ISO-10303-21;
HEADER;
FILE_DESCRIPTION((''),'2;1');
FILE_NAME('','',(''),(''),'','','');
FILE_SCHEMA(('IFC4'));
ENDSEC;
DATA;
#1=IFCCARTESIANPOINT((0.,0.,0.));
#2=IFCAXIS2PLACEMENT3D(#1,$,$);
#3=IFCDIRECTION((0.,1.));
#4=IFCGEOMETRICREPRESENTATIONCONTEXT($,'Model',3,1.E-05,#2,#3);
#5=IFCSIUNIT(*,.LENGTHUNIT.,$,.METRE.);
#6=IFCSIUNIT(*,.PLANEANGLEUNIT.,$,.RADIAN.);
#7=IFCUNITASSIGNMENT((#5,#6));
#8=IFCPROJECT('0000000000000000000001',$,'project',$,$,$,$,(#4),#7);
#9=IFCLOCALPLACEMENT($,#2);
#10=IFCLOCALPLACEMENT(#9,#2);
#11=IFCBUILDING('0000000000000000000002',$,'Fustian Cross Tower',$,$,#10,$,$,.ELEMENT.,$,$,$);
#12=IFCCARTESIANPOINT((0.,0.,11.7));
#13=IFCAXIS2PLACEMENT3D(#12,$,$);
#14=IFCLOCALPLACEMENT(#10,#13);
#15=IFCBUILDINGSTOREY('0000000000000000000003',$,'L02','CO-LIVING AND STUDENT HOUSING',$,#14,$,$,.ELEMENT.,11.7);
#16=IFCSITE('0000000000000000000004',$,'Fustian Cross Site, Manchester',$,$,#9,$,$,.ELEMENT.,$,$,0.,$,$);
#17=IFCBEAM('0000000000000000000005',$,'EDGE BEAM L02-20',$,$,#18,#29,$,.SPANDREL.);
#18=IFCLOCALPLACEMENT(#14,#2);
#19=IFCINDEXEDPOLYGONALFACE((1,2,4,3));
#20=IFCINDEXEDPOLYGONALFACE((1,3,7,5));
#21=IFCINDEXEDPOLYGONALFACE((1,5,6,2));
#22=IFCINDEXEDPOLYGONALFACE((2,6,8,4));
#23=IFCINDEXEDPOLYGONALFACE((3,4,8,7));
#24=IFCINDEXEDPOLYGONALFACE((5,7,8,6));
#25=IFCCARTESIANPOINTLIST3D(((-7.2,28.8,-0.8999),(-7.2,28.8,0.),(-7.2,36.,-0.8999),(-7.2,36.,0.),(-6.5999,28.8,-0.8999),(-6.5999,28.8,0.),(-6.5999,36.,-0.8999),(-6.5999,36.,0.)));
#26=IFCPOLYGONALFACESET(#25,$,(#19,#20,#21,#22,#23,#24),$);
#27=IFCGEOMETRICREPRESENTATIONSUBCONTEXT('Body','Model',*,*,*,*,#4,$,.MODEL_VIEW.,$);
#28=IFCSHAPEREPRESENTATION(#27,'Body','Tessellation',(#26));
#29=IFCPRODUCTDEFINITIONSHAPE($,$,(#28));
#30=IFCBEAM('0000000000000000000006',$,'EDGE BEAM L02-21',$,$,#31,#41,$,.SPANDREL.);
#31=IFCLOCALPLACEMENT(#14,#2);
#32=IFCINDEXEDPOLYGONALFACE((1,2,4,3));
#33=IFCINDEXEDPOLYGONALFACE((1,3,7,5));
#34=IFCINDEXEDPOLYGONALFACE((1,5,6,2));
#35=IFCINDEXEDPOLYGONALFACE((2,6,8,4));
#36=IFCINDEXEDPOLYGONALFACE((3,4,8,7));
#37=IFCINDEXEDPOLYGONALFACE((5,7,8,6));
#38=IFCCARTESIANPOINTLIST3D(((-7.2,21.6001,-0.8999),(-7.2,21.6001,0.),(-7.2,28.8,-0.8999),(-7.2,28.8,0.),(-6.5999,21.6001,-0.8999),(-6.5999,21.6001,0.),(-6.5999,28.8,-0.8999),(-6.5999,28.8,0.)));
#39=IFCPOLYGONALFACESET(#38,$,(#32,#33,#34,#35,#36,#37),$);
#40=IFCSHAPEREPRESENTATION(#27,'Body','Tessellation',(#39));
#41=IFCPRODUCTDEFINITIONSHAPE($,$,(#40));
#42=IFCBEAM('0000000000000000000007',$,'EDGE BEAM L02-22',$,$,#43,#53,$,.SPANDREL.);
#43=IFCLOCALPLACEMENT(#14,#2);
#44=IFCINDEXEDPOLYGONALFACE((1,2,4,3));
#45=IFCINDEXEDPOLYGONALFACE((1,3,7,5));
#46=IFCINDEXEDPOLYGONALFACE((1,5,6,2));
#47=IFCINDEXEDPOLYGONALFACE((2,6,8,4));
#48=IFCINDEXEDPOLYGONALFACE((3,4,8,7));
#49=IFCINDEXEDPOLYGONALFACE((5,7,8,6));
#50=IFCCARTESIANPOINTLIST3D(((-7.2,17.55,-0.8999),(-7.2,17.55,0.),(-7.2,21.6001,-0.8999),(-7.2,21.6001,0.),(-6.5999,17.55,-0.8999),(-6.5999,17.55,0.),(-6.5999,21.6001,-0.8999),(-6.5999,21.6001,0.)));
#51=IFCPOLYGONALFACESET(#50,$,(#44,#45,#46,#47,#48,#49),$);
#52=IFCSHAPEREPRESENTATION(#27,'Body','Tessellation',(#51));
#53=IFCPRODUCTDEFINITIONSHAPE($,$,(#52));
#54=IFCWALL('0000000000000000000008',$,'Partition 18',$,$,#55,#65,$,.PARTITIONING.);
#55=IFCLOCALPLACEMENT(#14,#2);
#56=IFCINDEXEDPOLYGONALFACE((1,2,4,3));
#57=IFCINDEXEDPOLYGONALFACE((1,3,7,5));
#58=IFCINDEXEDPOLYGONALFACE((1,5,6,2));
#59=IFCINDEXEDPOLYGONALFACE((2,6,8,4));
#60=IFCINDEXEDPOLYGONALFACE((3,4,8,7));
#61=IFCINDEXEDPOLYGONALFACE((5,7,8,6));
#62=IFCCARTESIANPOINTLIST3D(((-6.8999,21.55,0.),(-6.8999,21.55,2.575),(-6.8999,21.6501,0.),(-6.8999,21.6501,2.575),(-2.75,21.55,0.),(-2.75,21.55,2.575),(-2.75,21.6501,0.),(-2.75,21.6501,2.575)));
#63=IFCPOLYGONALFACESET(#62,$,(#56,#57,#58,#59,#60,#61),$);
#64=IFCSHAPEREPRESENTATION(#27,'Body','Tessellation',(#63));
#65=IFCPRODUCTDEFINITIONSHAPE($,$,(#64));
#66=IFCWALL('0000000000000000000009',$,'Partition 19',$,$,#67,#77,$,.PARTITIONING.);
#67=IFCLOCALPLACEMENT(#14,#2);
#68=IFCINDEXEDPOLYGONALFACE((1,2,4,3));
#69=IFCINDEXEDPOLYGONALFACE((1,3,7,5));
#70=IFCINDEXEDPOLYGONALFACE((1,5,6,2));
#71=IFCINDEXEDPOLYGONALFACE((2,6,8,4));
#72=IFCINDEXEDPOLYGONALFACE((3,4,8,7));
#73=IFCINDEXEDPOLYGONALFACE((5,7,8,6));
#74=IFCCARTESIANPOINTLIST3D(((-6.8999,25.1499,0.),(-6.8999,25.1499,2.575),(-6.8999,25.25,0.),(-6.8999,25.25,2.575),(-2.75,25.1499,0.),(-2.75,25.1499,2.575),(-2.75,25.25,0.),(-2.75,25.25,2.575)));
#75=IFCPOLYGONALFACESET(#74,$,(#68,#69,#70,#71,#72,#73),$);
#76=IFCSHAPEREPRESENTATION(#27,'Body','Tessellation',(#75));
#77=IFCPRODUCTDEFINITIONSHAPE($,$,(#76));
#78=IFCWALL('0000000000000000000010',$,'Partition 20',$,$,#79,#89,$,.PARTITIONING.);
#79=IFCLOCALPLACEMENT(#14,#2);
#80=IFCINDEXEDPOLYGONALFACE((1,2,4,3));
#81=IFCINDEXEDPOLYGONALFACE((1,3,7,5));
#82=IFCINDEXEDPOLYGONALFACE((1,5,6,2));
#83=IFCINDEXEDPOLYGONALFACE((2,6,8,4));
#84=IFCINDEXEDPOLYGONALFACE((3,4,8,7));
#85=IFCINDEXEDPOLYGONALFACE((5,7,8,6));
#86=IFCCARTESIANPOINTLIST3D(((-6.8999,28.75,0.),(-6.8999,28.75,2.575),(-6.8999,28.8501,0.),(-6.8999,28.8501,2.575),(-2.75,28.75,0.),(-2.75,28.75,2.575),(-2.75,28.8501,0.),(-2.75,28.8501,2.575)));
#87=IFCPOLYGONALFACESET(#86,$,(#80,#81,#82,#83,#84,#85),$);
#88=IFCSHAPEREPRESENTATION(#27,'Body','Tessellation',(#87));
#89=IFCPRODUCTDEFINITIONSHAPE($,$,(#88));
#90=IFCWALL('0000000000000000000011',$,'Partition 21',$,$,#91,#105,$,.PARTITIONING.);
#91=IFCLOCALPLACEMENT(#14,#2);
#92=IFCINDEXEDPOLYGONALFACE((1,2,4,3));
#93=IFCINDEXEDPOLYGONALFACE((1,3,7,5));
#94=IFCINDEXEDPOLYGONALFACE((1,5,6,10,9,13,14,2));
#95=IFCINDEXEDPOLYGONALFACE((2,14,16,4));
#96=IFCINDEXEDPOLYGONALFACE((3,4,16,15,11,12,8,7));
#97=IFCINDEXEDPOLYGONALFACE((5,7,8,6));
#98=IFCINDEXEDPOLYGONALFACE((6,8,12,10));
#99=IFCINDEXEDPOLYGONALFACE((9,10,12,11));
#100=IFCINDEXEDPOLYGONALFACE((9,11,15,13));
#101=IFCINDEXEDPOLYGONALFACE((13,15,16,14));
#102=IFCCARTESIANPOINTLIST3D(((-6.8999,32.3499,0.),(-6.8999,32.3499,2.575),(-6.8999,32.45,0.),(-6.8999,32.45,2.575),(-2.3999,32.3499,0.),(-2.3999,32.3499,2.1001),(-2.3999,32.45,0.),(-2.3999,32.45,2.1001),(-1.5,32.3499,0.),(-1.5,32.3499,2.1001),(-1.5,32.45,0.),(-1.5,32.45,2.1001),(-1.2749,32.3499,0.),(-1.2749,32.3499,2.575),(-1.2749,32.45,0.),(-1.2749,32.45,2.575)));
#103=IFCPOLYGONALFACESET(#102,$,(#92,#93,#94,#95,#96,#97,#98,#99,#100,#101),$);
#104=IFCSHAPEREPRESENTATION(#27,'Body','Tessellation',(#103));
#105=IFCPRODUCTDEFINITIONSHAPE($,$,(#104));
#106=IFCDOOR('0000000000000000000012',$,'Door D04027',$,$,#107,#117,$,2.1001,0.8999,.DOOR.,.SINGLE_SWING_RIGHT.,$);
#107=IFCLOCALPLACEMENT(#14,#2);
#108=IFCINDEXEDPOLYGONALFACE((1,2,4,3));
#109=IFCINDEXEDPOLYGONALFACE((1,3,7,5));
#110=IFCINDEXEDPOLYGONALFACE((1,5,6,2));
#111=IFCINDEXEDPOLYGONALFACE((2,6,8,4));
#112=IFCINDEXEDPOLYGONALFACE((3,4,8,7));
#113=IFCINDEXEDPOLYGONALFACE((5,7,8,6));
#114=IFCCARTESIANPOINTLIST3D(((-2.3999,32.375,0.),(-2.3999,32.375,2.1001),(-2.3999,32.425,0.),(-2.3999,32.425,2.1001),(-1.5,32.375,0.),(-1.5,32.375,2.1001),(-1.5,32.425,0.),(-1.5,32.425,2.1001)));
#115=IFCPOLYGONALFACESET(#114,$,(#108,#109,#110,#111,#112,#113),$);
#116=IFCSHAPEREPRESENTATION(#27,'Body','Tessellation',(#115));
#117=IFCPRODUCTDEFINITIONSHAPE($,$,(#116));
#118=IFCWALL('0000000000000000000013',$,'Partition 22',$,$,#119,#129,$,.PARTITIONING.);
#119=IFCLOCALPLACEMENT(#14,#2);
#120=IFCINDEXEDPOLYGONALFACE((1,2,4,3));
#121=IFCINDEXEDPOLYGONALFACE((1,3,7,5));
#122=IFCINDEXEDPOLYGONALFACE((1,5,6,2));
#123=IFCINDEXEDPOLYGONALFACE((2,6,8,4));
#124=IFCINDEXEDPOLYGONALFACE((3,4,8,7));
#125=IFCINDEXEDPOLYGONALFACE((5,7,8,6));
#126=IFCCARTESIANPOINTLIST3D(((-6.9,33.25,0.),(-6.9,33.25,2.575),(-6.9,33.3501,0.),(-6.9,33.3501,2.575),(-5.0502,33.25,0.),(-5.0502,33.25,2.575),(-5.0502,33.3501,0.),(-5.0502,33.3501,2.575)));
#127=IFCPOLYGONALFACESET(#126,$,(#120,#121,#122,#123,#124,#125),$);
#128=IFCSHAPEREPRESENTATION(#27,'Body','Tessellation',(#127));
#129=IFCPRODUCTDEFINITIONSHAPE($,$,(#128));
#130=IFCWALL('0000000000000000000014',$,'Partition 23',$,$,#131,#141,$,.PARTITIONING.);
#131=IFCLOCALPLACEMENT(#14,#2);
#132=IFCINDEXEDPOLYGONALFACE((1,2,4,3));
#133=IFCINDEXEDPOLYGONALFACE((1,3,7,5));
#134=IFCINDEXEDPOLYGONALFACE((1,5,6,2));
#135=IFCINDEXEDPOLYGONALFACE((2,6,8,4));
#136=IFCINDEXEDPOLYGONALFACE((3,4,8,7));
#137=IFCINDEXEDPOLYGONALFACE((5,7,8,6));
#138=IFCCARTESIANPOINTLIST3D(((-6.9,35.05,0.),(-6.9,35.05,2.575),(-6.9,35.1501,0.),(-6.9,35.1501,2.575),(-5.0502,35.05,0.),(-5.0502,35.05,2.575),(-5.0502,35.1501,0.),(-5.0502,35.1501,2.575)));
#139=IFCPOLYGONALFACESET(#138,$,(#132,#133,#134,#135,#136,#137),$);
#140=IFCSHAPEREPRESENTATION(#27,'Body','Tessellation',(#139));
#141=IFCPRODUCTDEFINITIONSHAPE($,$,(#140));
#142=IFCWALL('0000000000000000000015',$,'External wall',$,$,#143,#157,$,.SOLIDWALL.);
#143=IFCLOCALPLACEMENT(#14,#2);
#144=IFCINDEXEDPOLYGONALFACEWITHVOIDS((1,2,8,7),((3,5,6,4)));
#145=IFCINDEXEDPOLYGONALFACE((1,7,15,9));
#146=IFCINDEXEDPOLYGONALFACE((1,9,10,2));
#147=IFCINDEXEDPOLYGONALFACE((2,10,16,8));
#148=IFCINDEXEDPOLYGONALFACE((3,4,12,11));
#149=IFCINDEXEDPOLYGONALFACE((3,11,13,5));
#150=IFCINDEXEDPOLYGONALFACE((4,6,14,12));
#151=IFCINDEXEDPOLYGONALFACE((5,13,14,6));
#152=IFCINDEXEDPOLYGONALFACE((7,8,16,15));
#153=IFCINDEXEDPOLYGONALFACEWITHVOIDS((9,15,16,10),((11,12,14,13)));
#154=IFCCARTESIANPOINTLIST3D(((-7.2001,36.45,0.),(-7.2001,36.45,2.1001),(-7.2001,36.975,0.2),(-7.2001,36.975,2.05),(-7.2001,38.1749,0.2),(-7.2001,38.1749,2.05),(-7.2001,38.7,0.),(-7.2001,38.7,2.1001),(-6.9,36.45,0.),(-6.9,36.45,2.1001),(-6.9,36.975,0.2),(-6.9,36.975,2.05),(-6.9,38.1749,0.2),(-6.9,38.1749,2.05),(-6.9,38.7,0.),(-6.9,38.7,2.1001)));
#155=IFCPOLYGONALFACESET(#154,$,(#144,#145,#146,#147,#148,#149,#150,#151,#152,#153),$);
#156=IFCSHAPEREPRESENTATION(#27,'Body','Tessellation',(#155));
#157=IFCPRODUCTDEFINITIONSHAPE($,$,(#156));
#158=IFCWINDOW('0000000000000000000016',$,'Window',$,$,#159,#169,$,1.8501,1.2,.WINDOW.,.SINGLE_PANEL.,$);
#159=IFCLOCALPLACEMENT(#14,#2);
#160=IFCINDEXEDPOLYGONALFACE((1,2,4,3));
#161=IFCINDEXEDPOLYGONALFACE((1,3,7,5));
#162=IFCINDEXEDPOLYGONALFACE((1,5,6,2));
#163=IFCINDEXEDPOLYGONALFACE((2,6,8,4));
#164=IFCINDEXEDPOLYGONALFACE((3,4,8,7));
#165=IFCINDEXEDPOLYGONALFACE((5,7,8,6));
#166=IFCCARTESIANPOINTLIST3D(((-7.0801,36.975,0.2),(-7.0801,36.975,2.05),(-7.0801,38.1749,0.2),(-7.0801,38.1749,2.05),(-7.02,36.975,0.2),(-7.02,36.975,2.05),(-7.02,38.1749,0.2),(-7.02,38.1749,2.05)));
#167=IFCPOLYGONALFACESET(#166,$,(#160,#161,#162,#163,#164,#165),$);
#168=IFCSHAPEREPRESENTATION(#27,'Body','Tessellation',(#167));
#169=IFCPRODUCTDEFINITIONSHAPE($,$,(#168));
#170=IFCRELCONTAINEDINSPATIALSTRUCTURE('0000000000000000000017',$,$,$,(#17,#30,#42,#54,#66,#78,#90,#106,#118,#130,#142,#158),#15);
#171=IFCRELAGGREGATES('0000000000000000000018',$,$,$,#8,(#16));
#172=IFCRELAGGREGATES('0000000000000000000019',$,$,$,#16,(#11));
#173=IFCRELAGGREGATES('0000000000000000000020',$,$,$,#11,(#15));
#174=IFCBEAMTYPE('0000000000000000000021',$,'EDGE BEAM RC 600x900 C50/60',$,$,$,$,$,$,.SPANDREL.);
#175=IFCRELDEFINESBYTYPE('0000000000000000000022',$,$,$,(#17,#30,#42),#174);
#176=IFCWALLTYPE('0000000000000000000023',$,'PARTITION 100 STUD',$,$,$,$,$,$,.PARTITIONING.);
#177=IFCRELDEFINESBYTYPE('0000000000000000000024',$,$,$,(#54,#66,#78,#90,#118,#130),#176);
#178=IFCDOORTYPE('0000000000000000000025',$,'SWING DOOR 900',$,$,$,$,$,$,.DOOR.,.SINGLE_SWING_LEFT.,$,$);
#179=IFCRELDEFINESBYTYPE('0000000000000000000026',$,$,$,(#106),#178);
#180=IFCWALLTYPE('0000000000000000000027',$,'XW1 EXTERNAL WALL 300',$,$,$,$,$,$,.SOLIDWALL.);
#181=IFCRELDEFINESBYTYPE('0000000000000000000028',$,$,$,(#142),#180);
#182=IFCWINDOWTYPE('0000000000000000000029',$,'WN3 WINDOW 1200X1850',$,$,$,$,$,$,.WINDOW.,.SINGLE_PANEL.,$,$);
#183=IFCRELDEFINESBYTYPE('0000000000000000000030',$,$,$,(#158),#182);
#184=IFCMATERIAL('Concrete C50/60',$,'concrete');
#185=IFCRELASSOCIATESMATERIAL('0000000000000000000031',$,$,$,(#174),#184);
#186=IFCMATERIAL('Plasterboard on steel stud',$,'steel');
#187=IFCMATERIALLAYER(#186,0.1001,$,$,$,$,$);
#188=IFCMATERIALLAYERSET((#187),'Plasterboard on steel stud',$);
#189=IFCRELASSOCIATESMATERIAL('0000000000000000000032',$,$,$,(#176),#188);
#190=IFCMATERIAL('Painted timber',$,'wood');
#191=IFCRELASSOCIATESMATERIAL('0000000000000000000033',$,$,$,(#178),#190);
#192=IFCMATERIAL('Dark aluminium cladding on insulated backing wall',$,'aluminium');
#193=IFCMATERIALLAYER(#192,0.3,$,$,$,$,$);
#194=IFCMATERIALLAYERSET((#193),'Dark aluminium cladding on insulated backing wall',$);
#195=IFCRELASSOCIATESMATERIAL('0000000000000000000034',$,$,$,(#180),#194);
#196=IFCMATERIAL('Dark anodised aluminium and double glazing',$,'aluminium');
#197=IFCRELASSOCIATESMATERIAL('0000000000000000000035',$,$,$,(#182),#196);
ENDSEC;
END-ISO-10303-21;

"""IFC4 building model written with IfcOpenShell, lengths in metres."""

from ifc_helpers import new_model, si_unit, direction, frame, frame_2d, origin, origin_2d, place, context, subcontext, project, spatial, rectangle, extrude, material, layer, layer_set, material_profile, profile_set, type_object, element, fill, save


model = new_model("IFC4")

# Units and contexts
model_context = context("Model", 3, precision=1e-05, world=origin(), true_north=direction((0.0, 1.0)))
body_context = subcontext(model_context, "Body", "Model", "MODEL_VIEW")
ifc_project = project(units=[si_unit("LENGTHUNIT", "METRE"), si_unit("PLANEANGLEUNIT", "RADIAN")], contexts=[model_context])

# Site, building, storey
site_placement = place(None, origin())
site = spatial("IfcSite", under=ifc_project, at=site_placement, Name="Fustian Cross Site, Manchester", CompositionType="ELEMENT", RefElevation=0.0)
building_placement = place(site_placement, origin())
building = spatial("IfcBuilding", under=site, at=building_placement, Name="Fustian Cross Tower", CompositionType="ELEMENT")
storey_placement = place(building_placement, frame((0.0, 0.0, 11.7)))
storey = spatial("IfcBuildingStorey", under=building, at=storey_placement, Name="L02", Description="CO-LIVING AND STUDENT HOUSING", CompositionType="ELEMENT", Elevation=11.7)

# Beams
ifc_material_1 = material(Name="Concrete C50/60", Category="concrete")
ifc_material_profile = material_profile(ifc_material_1, rectangle(XDim=0.6001, YDim=0.8999, at=origin_2d()), Name="RC 600x900")
ifc_profile_set = profile_set([ifc_material_profile], Name="Concrete C50/60")
beam_type = type_object("IfcBeamType", Name="EDGE BEAM RC 600x900 C50/60", PredefinedType="SPANDREL", material=ifc_profile_set)
for number, where, z_axis, x_axis, name in (
    (1, (-6.8999, 36.0, -0.45), (0.0, -1.0, 0.0), (1.0, 0.0, 0.0), "EDGE BEAM L02-20"),
    (2, (-6.8999, 28.8, -0.45), (0.0, -1.0, 0.0), (1.0, 0.0, 0.0), "EDGE BEAM L02-21"),
):
    element("IfcBeam", number, at=place(storey_placement, frame(where, z_axis=z_axis, x_axis=x_axis)), inside=storey, type_object=beam_type, Name=name, PredefinedType="SPANDREL", context=body_context, shape_type="SweptSolid", body=[
        extrude(rectangle(XDim=0.6001, YDim=0.8999, at=origin_2d()), origin(), (0.0, 0.0, 1.0), 7.2),
    ])
beam_placement = place(storey_placement, frame((-6.8999, 21.6001, -0.45), z_axis=(0.0, -1.0, 0.0), x_axis=(1.0, 0.0, 0.0)))
element("IfcBeam", 3, at=beam_placement, inside=storey, type_object=beam_type, Name="EDGE BEAM L02-22", PredefinedType="SPANDREL", context=body_context, shape_type="SweptSolid", body=[
    extrude(rectangle(XDim=0.6001, YDim=0.8999, at=origin_2d()), origin(), (0.0, 0.0, 1.0), 4.05),
])

# Walls
ifc_material_2 = material(Name="Plasterboard on steel stud", Category="steel")
ifc_layer_1 = layer(ifc_material_2, 0.1001)
ifc_layer_set_1 = layer_set([ifc_layer_1], Name="Plasterboard on steel stud")
wall_type_1 = type_object("IfcWallType", Name="PARTITION 100 STUD", PredefinedType="PARTITIONING", material=ifc_layer_set_1)
for number, where, z_axis, x_axis, name in (
    (4, (-6.8999, 21.6001, 0.0), (0.0, 0.0, 1.0), (1.0, 0.0, 0.0), "Partition 18"),
    (5, (-6.8999, 25.2, 0.0), (0.0, 0.0, 1.0), (1.0, 0.0, 0.0), "Partition 19"),
    (6, (-6.8999, 28.8, 0.0), (0.0, 0.0, 1.0), (1.0, 0.0, 0.0), "Partition 20"),
):
    element("IfcWall", number, at=place(storey_placement, frame(where, z_axis=z_axis, x_axis=x_axis)), inside=storey, type_object=wall_type_1, Name=name, PredefinedType="PARTITIONING", context=body_context, shape_type="SweptSolid", body=[
        extrude(rectangle(XDim=4.1499, YDim=0.1001, at=frame_2d((2.075, 0.0))), origin(), (0.0, 0.0, 1.0), 2.575),
    ])

# Wall, opening, door
wall_1_placement = place(storey_placement, frame((-6.8999, 32.3999, 0.0), z_axis=(0.0, 0.0, 1.0), x_axis=(1.0, 0.0, 0.0)))
wall_1 = element("IfcWall", 7, at=wall_1_placement, inside=storey, type_object=wall_type_1, Name="Partition 21", PredefinedType="PARTITIONING", context=body_context, shape_type="SweptSolid", body=[
    extrude(rectangle(XDim=5.625, YDim=0.1001, at=frame_2d((2.8125, 0.0))), origin(), (0.0, 0.0, 1.0), 2.575),
])
opening_1_placement = place(wall_1_placement, frame((4.5, 0.0, 0.0)))
opening_1 = element("IfcOpeningElement", 8, at=opening_1_placement, cuts=wall_1, PredefinedType="OPENING", context=body_context, shape_type="SweptSolid", body=[
    extrude(rectangle(XDim=0.8999, YDim=2.1001, at=frame_2d((0.45, 1.05))), frame((0.0, 0.0601, 0.0), z_axis=(0.0, -1.0, 0.0), x_axis=(1.0, 0.0, 0.0)), (0.0, 0.0, 1.0), 0.1201),
])
ifc_material_3 = material(Name="Painted timber", Category="wood")
door_type = type_object("IfcDoorType", Name="SWING DOOR 900", OperationType="SINGLE_SWING_LEFT", PredefinedType="DOOR", material=ifc_material_3)
door_placement = place(opening_1_placement, frame((0.8999, 0.0, 0.0), z_axis=(0.0, 0.0, 1.0), x_axis=(-1.0, 0.0, 0.0)))
door = element("IfcDoor", 9, at=door_placement, inside=storey, type_object=door_type, Name="Door D04027", OperationType="SINGLE_SWING_RIGHT", OverallHeight=2.1001, OverallWidth=0.8999, PredefinedType="DOOR", context=body_context, shape_type="SweptSolid", body=[
    extrude(rectangle(XDim=0.8999, YDim=2.1001, at=frame_2d((0.45, 1.05))), frame((0.0, 0.0249, 0.0), z_axis=(0.0, -1.0, 0.0), x_axis=(1.0, 0.0, 0.0)), (0.0, 0.0, 1.0), 0.05),
])
fill(opening_1, door)

# Walls
for number, where, z_axis, x_axis, name in (
    (10, (-6.8999, 33.3, 0.0), (0.0, 0.0, 1.0), (1.0, 0.0, 0.0), "Partition 22"),
    (11, (-6.8999, 35.1001, 0.0), (0.0, 0.0, 1.0), (1.0, 0.0, 0.0), "Partition 23"),
):
    element("IfcWall", number, at=place(storey_placement, frame(where, z_axis=z_axis, x_axis=x_axis)), inside=storey, type_object=wall_type_1, Name=name, PredefinedType="PARTITIONING", context=body_context, shape_type="SweptSolid", body=[
        extrude(rectangle(XDim=1.8499, YDim=0.1001, at=frame_2d((0.9248, 0.0))), origin(), (0.0, 0.0, 1.0), 2.575),
    ])

# Wall, opening, window
ifc_material_4 = material(Name="Dark aluminium cladding on insulated backing wall", Category="aluminium")
ifc_layer_2 = layer(ifc_material_4, 0.3)
ifc_layer_set_2 = layer_set([ifc_layer_2], Name="Dark aluminium cladding on insulated backing wall")
wall_type_2 = type_object("IfcWallType", Name="XW1 EXTERNAL WALL 300", PredefinedType="SOLIDWALL", material=ifc_layer_set_2)
wall_2_placement = place(storey_placement, frame((-7.05, 38.7, 0.0), z_axis=(0.0, 0.0, 1.0), x_axis=(0.0, -1.0, 0.0)))
wall_2 = element("IfcWall", 12, at=wall_2_placement, inside=storey, type_object=wall_type_2, Name="External wall", PredefinedType="SOLIDWALL", context=body_context, shape_type="SweptSolid", body=[
    extrude(rectangle(XDim=2.25, YDim=0.3, at=frame_2d((1.125, 0.0))), origin(), (0.0, 0.0, 1.0), 2.1001),
])
opening_2_placement = place(wall_2_placement, frame((0.5249, 0.0, 0.2)))
opening_2 = element("IfcOpeningElement", 13, at=opening_2_placement, cuts=wall_2, PredefinedType="OPENING", context=body_context, shape_type="SweptSolid", body=[
    extrude(rectangle(XDim=1.2, YDim=1.8501, at=frame_2d((0.6001, 0.925))), frame((0.0, 0.1599, 0.0), z_axis=(0.0, -1.0, 0.0), x_axis=(1.0, 0.0, 0.0)), (0.0, 0.0, 1.0), 0.3201),
])
ifc_material_5 = material(Name="Dark anodised aluminium and double glazing", Category="aluminium")
window_type_1 = type_object("IfcWindowType", Name="WN3 WINDOW 1200X1850", PartitioningType="SINGLE_PANEL", PredefinedType="WINDOW", material=ifc_material_5)
window_1_placement = place(opening_2_placement, origin())
window_1 = element("IfcWindow", 14, at=window_1_placement, inside=storey, type_object=window_type_1, Name="Window", OverallHeight=1.8501, OverallWidth=1.2, PartitioningType="SINGLE_PANEL", PredefinedType="WINDOW", context=body_context, shape_type="SweptSolid", body=[
    extrude(rectangle(XDim=1.2, YDim=1.8501, at=frame_2d((0.6001, 0.925))), frame((0.0, 0.03, 0.0), z_axis=(0.0, -1.0, 0.0), x_axis=(1.0, 0.0, 0.0)), (0.0, 0.0, 1.0), 0.0601),
])
fill(opening_2, window_1)

save(model, "model.ifc")
